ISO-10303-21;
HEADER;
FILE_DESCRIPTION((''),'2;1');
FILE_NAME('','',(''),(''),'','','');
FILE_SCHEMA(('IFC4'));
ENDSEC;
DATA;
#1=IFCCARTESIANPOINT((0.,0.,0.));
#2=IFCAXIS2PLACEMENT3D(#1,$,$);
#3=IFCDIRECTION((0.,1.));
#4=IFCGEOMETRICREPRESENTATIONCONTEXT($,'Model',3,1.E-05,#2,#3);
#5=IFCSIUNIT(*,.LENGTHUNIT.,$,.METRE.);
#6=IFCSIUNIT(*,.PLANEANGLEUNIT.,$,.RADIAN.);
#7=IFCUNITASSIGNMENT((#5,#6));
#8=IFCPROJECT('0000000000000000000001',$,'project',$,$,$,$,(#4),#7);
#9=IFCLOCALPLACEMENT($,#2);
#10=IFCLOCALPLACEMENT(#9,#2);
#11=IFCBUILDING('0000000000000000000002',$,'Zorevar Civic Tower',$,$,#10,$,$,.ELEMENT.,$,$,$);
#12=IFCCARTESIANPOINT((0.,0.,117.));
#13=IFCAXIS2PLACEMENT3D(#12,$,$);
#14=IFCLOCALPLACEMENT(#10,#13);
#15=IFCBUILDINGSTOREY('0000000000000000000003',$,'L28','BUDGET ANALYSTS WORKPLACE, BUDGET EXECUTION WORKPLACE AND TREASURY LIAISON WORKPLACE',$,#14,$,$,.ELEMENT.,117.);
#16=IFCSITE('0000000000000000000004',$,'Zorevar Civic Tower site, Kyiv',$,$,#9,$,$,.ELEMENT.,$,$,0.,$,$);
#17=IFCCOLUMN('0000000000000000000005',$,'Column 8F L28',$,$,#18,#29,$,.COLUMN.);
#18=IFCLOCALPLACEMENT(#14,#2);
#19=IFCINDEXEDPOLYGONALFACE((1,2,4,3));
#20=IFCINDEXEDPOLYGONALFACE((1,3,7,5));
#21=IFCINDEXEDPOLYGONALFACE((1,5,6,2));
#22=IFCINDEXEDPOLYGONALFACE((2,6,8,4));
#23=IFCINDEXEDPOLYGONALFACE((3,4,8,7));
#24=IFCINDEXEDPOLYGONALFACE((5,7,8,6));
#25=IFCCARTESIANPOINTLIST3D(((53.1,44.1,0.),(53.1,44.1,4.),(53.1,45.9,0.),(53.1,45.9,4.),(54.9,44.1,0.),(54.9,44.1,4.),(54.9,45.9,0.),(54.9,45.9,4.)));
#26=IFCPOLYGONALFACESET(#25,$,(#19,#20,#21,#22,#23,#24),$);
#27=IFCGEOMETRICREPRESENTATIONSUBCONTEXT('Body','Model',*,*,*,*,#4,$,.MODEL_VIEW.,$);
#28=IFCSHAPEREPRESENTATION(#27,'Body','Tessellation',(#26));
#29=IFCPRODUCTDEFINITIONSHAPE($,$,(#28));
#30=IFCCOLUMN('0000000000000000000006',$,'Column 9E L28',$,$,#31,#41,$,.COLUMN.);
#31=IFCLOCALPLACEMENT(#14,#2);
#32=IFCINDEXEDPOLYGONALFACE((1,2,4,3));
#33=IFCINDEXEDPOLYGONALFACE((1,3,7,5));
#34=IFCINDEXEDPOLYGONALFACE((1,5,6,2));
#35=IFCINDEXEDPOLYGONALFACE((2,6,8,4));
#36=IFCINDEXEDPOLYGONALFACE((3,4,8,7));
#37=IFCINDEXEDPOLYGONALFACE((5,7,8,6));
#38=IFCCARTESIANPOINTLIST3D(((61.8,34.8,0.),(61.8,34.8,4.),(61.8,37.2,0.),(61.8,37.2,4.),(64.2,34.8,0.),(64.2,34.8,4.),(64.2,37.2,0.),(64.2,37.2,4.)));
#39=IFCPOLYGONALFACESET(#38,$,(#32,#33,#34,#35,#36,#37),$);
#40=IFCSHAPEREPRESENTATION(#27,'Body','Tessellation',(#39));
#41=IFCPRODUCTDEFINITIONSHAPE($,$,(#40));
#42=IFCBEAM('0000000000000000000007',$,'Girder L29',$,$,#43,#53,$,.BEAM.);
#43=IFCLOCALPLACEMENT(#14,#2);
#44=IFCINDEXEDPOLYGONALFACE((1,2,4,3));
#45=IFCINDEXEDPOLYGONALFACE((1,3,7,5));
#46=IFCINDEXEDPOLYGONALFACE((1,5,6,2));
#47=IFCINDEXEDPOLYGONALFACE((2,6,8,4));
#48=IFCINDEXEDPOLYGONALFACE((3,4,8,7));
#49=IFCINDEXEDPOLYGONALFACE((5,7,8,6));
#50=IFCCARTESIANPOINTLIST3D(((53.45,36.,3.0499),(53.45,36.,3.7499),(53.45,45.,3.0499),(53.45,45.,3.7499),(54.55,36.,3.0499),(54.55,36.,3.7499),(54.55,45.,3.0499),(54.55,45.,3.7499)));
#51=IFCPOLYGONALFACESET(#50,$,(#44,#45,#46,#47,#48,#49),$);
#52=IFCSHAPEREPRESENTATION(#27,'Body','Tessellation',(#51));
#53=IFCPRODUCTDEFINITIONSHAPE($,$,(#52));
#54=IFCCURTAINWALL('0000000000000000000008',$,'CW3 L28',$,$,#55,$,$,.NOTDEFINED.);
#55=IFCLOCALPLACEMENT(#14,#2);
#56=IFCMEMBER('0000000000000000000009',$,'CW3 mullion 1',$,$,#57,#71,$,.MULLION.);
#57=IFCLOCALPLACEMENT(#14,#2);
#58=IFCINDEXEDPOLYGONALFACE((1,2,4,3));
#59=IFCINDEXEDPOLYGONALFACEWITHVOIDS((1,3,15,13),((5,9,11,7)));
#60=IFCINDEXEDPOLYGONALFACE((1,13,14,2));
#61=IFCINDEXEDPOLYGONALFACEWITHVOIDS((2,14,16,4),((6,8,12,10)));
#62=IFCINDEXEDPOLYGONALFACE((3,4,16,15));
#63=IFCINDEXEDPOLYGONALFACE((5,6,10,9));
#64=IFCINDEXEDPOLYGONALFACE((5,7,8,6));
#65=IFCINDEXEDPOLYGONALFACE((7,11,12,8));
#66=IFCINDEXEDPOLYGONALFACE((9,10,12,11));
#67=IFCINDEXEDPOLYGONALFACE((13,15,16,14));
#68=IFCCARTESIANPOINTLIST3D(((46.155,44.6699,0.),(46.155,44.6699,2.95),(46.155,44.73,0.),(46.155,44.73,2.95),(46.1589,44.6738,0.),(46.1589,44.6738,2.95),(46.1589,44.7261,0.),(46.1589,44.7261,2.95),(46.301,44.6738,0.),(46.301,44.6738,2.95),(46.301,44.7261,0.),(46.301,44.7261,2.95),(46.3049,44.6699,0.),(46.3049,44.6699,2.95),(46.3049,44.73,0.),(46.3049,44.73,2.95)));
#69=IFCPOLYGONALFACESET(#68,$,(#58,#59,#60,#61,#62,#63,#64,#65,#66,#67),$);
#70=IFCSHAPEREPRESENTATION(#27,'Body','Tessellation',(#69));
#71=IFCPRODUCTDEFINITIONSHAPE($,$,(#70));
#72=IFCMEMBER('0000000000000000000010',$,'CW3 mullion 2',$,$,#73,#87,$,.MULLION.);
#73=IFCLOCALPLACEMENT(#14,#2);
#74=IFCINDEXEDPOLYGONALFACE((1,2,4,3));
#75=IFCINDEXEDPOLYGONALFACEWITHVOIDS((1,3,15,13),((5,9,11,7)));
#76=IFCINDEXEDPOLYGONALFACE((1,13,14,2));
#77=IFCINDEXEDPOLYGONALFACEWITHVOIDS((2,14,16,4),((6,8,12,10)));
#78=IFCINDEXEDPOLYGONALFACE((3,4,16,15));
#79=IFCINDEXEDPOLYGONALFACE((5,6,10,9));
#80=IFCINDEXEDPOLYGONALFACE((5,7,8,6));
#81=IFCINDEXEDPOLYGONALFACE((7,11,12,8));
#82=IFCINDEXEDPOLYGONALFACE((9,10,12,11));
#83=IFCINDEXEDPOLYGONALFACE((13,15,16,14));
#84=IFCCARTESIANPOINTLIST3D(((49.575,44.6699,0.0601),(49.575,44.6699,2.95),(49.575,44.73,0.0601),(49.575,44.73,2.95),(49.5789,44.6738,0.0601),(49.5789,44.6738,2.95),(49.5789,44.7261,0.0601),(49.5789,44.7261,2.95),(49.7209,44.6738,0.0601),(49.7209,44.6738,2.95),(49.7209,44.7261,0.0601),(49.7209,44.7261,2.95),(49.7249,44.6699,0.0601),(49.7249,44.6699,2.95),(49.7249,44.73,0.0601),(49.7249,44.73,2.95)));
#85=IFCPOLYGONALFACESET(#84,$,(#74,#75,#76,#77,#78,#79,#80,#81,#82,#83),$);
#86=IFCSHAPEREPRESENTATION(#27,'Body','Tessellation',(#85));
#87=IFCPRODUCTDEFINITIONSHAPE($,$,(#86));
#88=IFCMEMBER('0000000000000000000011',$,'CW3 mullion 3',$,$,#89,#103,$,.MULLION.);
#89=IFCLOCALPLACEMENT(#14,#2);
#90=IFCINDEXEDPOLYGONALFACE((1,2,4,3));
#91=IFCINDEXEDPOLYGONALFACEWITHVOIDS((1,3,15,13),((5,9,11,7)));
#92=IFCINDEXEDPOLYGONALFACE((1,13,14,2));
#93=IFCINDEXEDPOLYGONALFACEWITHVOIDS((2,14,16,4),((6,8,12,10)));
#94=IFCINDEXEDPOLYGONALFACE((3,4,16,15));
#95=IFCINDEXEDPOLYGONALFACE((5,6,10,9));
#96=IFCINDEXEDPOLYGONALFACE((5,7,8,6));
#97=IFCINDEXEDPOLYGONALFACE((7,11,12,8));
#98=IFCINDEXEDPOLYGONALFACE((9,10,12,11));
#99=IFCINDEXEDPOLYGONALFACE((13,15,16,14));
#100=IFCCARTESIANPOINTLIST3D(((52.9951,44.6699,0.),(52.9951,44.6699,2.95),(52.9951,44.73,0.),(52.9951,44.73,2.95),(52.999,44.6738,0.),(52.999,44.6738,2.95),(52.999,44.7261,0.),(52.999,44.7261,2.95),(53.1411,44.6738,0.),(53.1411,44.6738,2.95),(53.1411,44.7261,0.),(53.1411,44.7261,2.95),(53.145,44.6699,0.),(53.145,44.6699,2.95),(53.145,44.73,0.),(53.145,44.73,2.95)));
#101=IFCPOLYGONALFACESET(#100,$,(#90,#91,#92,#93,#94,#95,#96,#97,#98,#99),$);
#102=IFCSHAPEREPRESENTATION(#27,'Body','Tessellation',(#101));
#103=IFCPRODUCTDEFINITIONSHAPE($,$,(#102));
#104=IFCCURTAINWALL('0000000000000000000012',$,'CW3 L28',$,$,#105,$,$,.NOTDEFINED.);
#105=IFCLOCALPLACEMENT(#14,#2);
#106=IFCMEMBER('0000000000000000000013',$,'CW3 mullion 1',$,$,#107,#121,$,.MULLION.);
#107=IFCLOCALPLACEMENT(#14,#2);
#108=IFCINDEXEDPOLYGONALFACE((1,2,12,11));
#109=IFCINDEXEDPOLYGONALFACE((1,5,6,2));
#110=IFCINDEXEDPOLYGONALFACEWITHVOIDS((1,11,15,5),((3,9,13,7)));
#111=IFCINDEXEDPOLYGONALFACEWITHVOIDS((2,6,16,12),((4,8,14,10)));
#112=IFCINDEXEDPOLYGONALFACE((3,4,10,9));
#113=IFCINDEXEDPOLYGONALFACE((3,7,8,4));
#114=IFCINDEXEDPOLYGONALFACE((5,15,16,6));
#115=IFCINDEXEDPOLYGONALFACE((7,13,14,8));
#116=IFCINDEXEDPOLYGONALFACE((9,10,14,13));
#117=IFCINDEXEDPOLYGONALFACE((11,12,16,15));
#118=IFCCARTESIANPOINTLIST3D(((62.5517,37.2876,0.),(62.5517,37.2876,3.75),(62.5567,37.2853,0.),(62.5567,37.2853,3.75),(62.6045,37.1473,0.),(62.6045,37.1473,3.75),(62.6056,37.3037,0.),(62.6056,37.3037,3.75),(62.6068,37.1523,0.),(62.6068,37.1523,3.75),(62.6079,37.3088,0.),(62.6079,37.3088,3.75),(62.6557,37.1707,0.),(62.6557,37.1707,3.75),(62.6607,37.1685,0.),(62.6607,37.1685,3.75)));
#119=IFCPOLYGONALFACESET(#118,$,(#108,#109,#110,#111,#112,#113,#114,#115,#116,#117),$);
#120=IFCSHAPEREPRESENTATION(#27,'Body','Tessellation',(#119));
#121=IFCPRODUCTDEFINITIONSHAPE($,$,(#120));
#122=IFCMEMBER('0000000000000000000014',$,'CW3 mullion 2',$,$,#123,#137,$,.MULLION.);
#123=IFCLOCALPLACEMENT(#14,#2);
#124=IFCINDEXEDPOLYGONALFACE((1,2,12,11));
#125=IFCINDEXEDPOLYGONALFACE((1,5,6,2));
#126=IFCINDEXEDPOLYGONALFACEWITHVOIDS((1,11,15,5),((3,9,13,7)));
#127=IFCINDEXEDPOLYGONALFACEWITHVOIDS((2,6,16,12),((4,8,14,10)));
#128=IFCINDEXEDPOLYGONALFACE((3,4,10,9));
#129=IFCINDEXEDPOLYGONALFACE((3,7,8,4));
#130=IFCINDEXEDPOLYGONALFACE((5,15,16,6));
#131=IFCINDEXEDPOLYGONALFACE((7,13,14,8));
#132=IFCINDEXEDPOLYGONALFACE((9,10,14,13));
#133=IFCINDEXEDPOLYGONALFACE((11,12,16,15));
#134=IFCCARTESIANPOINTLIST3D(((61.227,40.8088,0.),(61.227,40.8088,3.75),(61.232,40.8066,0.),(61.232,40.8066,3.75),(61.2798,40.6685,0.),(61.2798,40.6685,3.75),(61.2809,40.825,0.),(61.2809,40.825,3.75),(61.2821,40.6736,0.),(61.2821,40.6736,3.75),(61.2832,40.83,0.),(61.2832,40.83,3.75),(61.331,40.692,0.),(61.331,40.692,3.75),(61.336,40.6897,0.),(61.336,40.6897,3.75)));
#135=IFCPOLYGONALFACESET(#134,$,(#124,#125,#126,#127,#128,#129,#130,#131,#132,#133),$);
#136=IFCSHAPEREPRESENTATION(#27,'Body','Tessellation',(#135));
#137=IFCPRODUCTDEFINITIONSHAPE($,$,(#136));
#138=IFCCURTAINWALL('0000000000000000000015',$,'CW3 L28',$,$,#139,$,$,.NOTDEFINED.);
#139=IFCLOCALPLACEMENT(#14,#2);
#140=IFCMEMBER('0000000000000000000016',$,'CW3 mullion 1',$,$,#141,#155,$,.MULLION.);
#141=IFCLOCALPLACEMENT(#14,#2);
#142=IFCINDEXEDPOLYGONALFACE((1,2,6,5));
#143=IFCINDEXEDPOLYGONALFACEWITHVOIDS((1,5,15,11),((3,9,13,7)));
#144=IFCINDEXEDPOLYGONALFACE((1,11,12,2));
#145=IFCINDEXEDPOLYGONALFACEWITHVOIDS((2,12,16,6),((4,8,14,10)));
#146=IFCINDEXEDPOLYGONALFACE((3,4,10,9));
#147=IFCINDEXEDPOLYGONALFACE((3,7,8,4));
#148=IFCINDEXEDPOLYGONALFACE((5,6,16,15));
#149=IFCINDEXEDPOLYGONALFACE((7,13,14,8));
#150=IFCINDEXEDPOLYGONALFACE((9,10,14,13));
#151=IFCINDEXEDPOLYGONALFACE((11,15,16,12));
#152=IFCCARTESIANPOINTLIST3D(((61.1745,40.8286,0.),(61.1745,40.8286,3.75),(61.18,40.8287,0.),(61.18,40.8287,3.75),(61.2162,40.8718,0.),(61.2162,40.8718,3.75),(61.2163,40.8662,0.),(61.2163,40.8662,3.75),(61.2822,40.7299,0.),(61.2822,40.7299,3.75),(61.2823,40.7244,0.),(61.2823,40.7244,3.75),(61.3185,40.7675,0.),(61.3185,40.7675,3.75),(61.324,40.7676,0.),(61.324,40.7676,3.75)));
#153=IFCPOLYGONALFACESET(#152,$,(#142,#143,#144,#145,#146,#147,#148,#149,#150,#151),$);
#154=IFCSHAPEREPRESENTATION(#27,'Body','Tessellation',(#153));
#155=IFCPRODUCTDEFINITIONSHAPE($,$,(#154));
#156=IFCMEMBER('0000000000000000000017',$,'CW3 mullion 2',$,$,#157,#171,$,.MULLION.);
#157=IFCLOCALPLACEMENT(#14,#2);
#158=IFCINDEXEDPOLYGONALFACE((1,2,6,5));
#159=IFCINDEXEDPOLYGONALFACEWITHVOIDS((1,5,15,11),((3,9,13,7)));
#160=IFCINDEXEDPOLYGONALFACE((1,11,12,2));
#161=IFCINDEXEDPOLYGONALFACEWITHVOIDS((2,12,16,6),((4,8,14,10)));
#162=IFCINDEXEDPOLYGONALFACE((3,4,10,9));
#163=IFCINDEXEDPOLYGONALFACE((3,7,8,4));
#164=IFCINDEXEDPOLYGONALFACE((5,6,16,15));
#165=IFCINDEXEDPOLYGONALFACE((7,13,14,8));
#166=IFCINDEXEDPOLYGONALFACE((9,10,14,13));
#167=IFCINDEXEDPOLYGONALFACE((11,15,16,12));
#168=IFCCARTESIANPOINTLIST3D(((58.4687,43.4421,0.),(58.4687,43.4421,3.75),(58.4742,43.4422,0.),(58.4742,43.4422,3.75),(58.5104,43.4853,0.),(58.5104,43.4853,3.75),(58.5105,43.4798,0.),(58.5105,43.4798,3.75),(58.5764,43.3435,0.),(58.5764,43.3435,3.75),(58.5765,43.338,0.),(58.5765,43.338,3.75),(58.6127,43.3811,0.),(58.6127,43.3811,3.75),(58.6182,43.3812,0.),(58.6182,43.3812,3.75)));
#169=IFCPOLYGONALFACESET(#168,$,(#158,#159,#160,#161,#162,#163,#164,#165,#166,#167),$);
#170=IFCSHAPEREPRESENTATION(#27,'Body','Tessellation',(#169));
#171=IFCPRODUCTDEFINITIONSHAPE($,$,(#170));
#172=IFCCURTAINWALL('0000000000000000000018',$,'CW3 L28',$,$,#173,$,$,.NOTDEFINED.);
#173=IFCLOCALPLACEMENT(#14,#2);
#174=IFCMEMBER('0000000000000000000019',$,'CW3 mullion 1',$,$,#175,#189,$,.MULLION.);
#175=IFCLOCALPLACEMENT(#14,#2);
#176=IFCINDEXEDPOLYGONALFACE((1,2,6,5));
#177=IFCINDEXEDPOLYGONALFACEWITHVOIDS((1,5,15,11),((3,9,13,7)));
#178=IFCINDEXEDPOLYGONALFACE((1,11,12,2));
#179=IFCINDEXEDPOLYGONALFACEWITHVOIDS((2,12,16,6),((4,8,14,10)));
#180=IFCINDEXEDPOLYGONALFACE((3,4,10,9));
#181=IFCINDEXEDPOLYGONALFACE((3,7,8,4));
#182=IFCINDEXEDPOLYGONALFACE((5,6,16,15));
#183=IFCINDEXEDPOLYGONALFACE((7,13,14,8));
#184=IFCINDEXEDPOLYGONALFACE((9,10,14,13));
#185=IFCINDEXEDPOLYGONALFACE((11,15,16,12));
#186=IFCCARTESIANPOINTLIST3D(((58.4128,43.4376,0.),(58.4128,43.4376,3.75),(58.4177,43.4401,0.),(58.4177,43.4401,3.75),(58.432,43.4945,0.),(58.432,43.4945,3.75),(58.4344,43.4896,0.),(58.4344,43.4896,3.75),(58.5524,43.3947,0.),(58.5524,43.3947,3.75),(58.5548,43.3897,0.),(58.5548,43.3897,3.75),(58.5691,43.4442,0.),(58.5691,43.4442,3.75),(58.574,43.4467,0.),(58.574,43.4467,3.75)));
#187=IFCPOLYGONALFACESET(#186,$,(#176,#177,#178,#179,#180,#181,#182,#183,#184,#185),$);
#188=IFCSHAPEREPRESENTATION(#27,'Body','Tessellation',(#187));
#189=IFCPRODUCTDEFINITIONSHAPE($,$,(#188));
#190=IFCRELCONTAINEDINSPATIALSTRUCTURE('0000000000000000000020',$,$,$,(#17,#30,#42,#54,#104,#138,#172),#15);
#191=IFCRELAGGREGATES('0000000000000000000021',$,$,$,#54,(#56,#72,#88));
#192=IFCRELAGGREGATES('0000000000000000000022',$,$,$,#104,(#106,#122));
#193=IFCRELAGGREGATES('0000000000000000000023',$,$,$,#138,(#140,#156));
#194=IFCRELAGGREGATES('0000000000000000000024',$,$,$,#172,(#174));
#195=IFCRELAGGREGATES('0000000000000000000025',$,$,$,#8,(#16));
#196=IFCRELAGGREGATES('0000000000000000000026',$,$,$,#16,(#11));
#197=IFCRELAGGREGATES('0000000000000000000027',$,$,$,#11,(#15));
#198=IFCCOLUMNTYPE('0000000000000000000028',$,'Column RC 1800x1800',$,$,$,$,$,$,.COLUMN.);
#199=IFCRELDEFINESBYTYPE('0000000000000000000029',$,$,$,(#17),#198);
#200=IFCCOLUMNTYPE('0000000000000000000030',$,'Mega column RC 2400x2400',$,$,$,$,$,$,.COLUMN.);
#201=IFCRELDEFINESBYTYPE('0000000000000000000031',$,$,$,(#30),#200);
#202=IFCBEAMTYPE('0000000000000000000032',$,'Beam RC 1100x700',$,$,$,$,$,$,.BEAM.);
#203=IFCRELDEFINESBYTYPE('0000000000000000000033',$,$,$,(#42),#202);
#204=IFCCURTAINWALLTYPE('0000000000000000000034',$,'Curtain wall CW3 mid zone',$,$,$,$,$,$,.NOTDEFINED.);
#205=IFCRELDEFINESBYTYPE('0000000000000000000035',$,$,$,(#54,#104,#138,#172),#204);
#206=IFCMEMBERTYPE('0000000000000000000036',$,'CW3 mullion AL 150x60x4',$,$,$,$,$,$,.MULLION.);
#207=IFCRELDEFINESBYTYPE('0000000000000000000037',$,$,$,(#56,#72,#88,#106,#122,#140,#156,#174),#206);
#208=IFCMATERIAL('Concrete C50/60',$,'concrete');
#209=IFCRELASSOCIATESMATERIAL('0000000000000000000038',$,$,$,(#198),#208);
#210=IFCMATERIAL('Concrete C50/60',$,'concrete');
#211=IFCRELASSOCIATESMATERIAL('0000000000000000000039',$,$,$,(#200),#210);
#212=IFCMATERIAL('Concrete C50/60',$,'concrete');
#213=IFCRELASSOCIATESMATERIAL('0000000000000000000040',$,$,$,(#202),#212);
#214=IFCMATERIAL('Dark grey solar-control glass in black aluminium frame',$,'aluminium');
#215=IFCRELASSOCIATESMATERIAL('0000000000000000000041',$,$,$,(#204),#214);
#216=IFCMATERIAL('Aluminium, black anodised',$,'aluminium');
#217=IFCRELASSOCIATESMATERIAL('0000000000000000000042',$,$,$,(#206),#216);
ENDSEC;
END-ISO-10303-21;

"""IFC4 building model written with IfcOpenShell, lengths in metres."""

from ifc_helpers import new_model, si_unit, direction, frame, origin, origin_2d, place, context, subcontext, project, spatial, rectangle, hollow_rectangle, extrude, material, material_profile, profile_set, type_object, element, aggregate, save


model = new_model("IFC4")

# Units and contexts
model_context = context("Model", 3, precision=1e-05, world=origin(), true_north=direction((0.0, 1.0)))
body_context = subcontext(model_context, "Body", "Model", "MODEL_VIEW")
ifc_project = project(units=[si_unit("LENGTHUNIT", "METRE"), si_unit("PLANEANGLEUNIT", "RADIAN")], contexts=[model_context])

# Site, building, storey
site_placement = place(None, origin())
site = spatial("IfcSite", under=ifc_project, at=site_placement, Name="Zorevar Civic Tower site, Kyiv", CompositionType="ELEMENT", RefElevation=0.0)
building_placement = place(site_placement, origin())
building = spatial("IfcBuilding", under=site, at=building_placement, Name="Zorevar Civic Tower", CompositionType="ELEMENT")
storey_placement = place(building_placement, frame((0.0, 0.0, 117.0)))
storey = spatial("IfcBuildingStorey", under=building, at=storey_placement, Name="L28", Description="BUDGET ANALYSTS WORKPLACE, BUDGET EXECUTION WORKPLACE AND TREASURY LIAISON WORKPLACE", CompositionType="ELEMENT", Elevation=117.0)

# Columns
ifc_material_1 = material(Name="Concrete C50/60", Category="concrete")
ifc_material_profile_1 = material_profile(ifc_material_1, rectangle(XDim=1.8, YDim=1.8, at=origin_2d()), Name="RC 1800x1800")
ifc_profile_set_1 = profile_set([ifc_material_profile_1], Name="Concrete C50/60")
column_type_1 = type_object("IfcColumnType", Name="Column RC 1800x1800", PredefinedType="COLUMN", material=ifc_profile_set_1)
column_1_placement = place(storey_placement, frame((54.0, 45.0, 0.0), z_axis=(0.0, 0.0, 1.0), x_axis=(1.0, 0.0, 0.0)))
element("IfcColumn", 1, at=column_1_placement, inside=storey, type_object=column_type_1, Name="Column 8F L28", PredefinedType="COLUMN", context=body_context, shape_type="SweptSolid", body=[
    extrude(rectangle(XDim=1.8, YDim=1.8, at=origin_2d()), origin(), (0.0, 0.0, 1.0), 4.0),
])
ifc_material_2 = material(Name="Concrete C50/60", Category="concrete")
ifc_material_profile_2 = material_profile(ifc_material_2, rectangle(XDim=2.3999, YDim=2.3999, at=origin_2d()), Name="RC 2400x2400")
ifc_profile_set_2 = profile_set([ifc_material_profile_2], Name="Concrete C50/60")
column_type_2 = type_object("IfcColumnType", Name="Mega column RC 2400x2400", PredefinedType="COLUMN", material=ifc_profile_set_2)
column_2_placement = place(storey_placement, frame((63.0, 36.0, 0.0), z_axis=(0.0, 0.0, 1.0), x_axis=(1.0, 0.0, 0.0)))
element("IfcColumn", 2, at=column_2_placement, inside=storey, type_object=column_type_2, Name="Column 9E L28", PredefinedType="COLUMN", context=body_context, shape_type="SweptSolid", body=[
    extrude(rectangle(XDim=2.3999, YDim=2.3999, at=origin_2d()), origin(), (0.0, 0.0, 1.0), 4.0),
])

# Beam
ifc_material_3 = material(Name="Concrete C50/60", Category="concrete")
ifc_material_profile_3 = material_profile(ifc_material_3, rectangle(XDim=1.1001, YDim=0.7, at=origin_2d()), Name="RC 1100x700")
ifc_profile_set_3 = profile_set([ifc_material_profile_3], Name="Concrete C50/60")
beam_type_1 = type_object("IfcBeamType", Name="Beam RC 1100x700", PredefinedType="BEAM", material=ifc_profile_set_3)
beam_1_placement = place(storey_placement, frame((54.0, 36.0, 3.3999), z_axis=(0.0, 1.0, 0.0), x_axis=(-1.0, 0.0, 0.0)))
element("IfcBeam", 3, at=beam_1_placement, inside=storey, type_object=beam_type_1, Name="Girder L29", PredefinedType="BEAM", context=body_context, shape_type="SweptSolid", body=[
    extrude(rectangle(XDim=1.1001, YDim=0.7, at=origin_2d()), origin(), (0.0, 0.0, 1.0), 9.0),
])

# Curtain walls, members
ifc_material_4 = material(Name="Dark grey solar-control glass in black aluminium frame", Category="aluminium")
curtain_wall_type = type_object("IfcCurtainWallType", Name="Curtain wall CW3 mid zone", PredefinedType="NOTDEFINED", material=ifc_material_4)
curtain_wall_1_placement = place(storey_placement, origin())
curtain_wall_1 = element("IfcCurtainWall", 4, at=curtain_wall_1_placement, inside=storey, type_object=curtain_wall_type, Name="CW3 L28", PredefinedType="NOTDEFINED")
ifc_material_5 = material(Name="Aluminium, black anodised", Category="aluminium")
ifc_material_profile_4 = material_profile(ifc_material_5, hollow_rectangle(XDim=0.0601, YDim=0.1499, WallThickness=0.0039, at=origin_2d()), Name="AL 150x60x4")
ifc_profile_set_4 = profile_set([ifc_material_profile_4], Name="Aluminium, black anodised")
member_type_1 = type_object("IfcMemberType", Name="CW3 mullion AL 150x60x4", PredefinedType="MULLION", material=ifc_profile_set_4)
member_1_placement = place(storey_placement, frame((46.23, 44.7, 0.0), z_axis=(0.0, 0.0, 1.0), x_axis=(0.0, 1.0, 0.0)))
member_1 = element("IfcMember", 5, at=member_1_placement, type_object=member_type_1, Name="CW3 mullion 1", PredefinedType="MULLION", context=body_context, shape_type="SweptSolid", body=[
    extrude(hollow_rectangle(XDim=0.0601, YDim=0.1499, WallThickness=0.0039, at=origin_2d()), origin(), (0.0, 0.0, 1.0), 2.95),
])
member_2_placement = place(storey_placement, frame((49.6499, 44.7, 0.0601), z_axis=(0.0, 0.0, 1.0), x_axis=(0.0, 1.0, 0.0)))
member_2 = element("IfcMember", 6, at=member_2_placement, type_object=member_type_1, Name="CW3 mullion 2", PredefinedType="MULLION", context=body_context, shape_type="SweptSolid", body=[
    extrude(hollow_rectangle(XDim=0.0601, YDim=0.1499, WallThickness=0.0039, at=origin_2d()), origin(), (0.0, 0.0, 1.0), 2.8899),
])
member_3_placement = place(storey_placement, frame((53.0701, 44.7, 0.0), z_axis=(0.0, 0.0, 1.0), x_axis=(0.0, 1.0, 0.0)))
member_3 = element("IfcMember", 7, at=member_3_placement, type_object=member_type_1, Name="CW3 mullion 3", PredefinedType="MULLION", context=body_context, shape_type="SweptSolid", body=[
    extrude(hollow_rectangle(XDim=0.0601, YDim=0.1499, WallThickness=0.0039, at=origin_2d()), origin(), (0.0, 0.0, 1.0), 2.95),
])
curtain_wall_2_placement = place(storey_placement, origin())
curtain_wall_2 = element("IfcCurtainWall", 8, at=curtain_wall_2_placement, inside=storey, type_object=curtain_wall_type, Name="CW3 L28", PredefinedType="NOTDEFINED")
member_4_placement = place(storey_placement, frame((62.6062, 37.228, 0.0), z_axis=(0.0, 0.0, 1.0), x_axis=(-0.935951, -0.352132, 0.0)))
member_4 = element("IfcMember", 9, at=member_4_placement, type_object=member_type_1, Name="CW3 mullion 1", PredefinedType="MULLION", context=body_context, shape_type="SweptSolid", body=[
    extrude(hollow_rectangle(XDim=0.0601, YDim=0.1499, WallThickness=0.0039, at=origin_2d()), origin(), (0.0, 0.0, 1.0), 3.75),
])
member_5_placement = place(storey_placement, frame((61.2815, 40.7493, 0.0), z_axis=(0.0, 0.0, 1.0), x_axis=(-0.935951, -0.352132, 0.0)))
member_5 = element("IfcMember", 10, at=member_5_placement, type_object=member_type_1, Name="CW3 mullion 2", PredefinedType="MULLION", context=body_context, shape_type="SweptSolid", body=[
    extrude(hollow_rectangle(XDim=0.0601, YDim=0.1499, WallThickness=0.0039, at=origin_2d()), origin(), (0.0, 0.0, 1.0), 3.75),
])
curtain_wall_3_placement = place(storey_placement, origin())
curtain_wall_3 = element("IfcCurtainWall", 11, at=curtain_wall_3_placement, inside=storey, type_object=curtain_wall_type, Name="CW3 L28", PredefinedType="NOTDEFINED")
member_6_placement = place(storey_placement, frame((61.2493, 40.7981, 0.0), z_axis=(0.0, 0.0, 1.0), x_axis=(-0.694719, -0.719281, 0.0)))
member_6 = element("IfcMember", 12, at=member_6_placement, type_object=member_type_1, Name="CW3 mullion 1", PredefinedType="MULLION", context=body_context, shape_type="SweptSolid", body=[
    extrude(hollow_rectangle(XDim=0.0601, YDim=0.1499, WallThickness=0.0039, at=origin_2d()), origin(), (0.0, 0.0, 1.0), 3.75),
])
member_7_placement = place(storey_placement, frame((58.5435, 43.4116, 0.0), z_axis=(0.0, 0.0, 1.0), x_axis=(-0.694719, -0.719281, 0.0)))
member_7 = element("IfcMember", 13, at=member_7_placement, type_object=member_type_1, Name="CW3 mullion 2", PredefinedType="MULLION", context=body_context, shape_type="SweptSolid", body=[
    extrude(hollow_rectangle(XDim=0.0601, YDim=0.1499, WallThickness=0.0039, at=origin_2d()), origin(), (0.0, 0.0, 1.0), 3.75),
])
curtain_wall_4_placement = place(storey_placement, origin())
curtain_wall_4 = element("IfcCurtainWall", 14, at=curtain_wall_4_placement, inside=storey, type_object=curtain_wall_type, Name="CW3 L28", PredefinedType="NOTDEFINED")
member_8_placement = place(storey_placement, frame((58.4934, 43.4421, 0.0), z_axis=(0.0, 0.0, 1.0), x_axis=(-0.319413, -0.947616, 0.0)))
member_8 = element("IfcMember", 15, at=member_8_placement, type_object=member_type_1, Name="CW3 mullion 1", PredefinedType="MULLION", context=body_context, shape_type="SweptSolid", body=[
    extrude(hollow_rectangle(XDim=0.0601, YDim=0.1499, WallThickness=0.0039, at=origin_2d()), origin(), (0.0, 0.0, 1.0), 3.75),
])

aggregate(curtain_wall_1, [member_1, member_2, member_3])
aggregate(curtain_wall_2, [member_4, member_5])
aggregate(curtain_wall_3, [member_6, member_7])
aggregate(curtain_wall_4, [member_8])

save(model, "model.ifc")
